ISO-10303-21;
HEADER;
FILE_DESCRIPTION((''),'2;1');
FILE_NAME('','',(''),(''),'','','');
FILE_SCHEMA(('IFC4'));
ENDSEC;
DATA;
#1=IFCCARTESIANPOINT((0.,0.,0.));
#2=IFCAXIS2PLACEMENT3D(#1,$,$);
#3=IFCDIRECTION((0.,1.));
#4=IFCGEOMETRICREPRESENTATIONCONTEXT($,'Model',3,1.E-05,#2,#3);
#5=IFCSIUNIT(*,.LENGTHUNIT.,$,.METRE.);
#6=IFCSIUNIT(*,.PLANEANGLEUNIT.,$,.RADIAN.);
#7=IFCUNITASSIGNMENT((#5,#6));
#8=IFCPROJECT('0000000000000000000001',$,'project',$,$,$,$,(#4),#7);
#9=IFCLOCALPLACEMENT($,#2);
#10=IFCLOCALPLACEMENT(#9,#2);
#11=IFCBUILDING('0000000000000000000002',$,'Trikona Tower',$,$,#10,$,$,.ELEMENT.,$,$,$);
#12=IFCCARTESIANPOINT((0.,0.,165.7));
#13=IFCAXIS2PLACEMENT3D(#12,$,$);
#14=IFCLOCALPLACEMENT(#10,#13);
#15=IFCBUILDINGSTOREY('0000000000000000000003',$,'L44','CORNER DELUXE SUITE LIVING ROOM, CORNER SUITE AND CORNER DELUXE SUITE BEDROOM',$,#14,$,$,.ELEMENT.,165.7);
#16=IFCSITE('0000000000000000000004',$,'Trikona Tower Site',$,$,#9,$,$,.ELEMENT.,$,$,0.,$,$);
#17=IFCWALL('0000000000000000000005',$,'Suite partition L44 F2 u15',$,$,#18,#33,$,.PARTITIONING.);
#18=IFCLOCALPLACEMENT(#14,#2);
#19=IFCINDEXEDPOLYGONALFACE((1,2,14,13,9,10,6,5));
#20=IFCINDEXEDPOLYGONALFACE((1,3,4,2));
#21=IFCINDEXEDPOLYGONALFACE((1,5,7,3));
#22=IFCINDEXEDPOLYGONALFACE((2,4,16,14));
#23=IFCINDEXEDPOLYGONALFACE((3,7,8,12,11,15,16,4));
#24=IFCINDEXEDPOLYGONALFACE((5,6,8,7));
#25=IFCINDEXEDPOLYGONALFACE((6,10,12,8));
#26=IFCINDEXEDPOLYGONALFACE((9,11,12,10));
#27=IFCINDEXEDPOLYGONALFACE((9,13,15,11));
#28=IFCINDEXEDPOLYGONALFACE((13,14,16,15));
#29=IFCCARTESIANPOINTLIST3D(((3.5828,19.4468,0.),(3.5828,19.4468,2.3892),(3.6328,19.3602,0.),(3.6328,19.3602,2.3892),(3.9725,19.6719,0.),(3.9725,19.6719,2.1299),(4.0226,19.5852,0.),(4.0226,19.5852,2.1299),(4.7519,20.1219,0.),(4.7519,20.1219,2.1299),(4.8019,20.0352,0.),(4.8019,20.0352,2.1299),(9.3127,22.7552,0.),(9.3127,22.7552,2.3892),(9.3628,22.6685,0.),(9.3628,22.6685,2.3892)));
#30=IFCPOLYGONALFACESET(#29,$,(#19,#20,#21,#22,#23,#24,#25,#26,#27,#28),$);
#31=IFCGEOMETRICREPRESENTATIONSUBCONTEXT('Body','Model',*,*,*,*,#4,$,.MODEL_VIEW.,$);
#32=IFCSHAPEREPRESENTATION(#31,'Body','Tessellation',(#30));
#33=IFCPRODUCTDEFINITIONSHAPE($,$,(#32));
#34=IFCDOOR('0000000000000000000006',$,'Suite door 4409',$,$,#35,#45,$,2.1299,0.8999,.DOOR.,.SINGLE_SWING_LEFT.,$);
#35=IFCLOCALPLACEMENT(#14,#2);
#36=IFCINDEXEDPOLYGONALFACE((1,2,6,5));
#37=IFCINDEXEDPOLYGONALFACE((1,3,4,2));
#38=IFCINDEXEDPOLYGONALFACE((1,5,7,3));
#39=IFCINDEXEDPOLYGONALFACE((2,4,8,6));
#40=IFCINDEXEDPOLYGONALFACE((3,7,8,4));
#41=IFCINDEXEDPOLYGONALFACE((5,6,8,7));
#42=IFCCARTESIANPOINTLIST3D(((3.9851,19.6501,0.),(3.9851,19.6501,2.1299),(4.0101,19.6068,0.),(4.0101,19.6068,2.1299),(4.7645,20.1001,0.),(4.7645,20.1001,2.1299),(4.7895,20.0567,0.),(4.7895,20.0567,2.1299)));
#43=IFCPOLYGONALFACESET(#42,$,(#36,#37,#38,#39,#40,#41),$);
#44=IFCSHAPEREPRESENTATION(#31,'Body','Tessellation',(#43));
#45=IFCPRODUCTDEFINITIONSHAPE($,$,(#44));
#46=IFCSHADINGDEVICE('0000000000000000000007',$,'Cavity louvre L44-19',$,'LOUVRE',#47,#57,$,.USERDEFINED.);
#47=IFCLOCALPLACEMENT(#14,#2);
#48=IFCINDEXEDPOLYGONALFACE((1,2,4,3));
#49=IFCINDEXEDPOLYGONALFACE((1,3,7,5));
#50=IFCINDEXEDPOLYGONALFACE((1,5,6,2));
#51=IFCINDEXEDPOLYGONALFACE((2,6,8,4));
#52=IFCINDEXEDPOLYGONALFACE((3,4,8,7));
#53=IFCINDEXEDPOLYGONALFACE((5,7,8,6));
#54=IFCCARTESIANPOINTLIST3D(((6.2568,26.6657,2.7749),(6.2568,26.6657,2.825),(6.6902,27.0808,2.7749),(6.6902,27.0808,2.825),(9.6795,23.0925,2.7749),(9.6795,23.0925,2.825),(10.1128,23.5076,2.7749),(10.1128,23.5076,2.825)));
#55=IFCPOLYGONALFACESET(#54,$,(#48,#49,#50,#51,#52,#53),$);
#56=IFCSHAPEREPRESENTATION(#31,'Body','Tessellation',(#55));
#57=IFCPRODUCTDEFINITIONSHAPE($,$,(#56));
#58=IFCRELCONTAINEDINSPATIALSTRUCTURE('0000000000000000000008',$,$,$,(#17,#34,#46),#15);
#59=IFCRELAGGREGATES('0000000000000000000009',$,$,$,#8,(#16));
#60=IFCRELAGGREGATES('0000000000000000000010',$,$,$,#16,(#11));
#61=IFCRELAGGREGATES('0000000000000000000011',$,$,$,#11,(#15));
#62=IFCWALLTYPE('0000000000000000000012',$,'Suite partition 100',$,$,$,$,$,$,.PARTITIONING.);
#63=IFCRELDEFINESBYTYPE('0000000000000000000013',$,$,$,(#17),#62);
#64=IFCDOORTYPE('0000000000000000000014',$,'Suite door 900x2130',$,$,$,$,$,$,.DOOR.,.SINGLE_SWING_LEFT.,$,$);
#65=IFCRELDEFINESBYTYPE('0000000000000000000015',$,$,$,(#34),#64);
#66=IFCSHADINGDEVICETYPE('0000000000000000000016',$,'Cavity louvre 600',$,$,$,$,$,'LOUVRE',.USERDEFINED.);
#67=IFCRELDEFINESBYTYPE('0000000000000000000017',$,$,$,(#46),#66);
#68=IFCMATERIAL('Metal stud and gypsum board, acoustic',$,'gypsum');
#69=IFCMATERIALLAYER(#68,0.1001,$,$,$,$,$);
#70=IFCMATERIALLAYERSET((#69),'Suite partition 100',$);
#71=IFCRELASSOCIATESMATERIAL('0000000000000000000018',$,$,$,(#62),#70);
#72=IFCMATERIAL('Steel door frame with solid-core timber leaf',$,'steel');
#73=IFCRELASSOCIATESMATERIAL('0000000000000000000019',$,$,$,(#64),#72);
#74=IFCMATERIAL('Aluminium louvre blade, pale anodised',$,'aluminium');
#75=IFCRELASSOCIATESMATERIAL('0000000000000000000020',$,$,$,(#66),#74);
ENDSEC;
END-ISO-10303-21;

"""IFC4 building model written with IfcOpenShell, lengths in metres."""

from ifc_helpers import new_model, si_unit, direction, frame, frame_2d, origin, origin_2d, place, context, subcontext, project, spatial, rectangle, extrude, material, layer, layer_set, type_object, element, fill, save


model = new_model("IFC4")

# Units and contexts
model_context = context("Model", 3, precision=1e-05, world=origin(), true_north=direction((0.0, 1.0)))
body_context = subcontext(model_context, "Body", "Model", "MODEL_VIEW")
ifc_project = project(units=[si_unit("LENGTHUNIT", "METRE"), si_unit("PLANEANGLEUNIT", "RADIAN")], contexts=[model_context])

# Site, building, storey
site_placement = place(None, origin())
site = spatial("IfcSite", under=ifc_project, at=site_placement, Name="Trikona Tower Site", CompositionType="ELEMENT", RefElevation=0.0)
building_placement = place(site_placement, origin())
building = spatial("IfcBuilding", under=site, at=building_placement, Name="Trikona Tower", CompositionType="ELEMENT")
storey_placement = place(building_placement, frame((0.0, 0.0, 165.7)))
storey = spatial("IfcBuildingStorey", under=building, at=storey_placement, Name="L44", Description="CORNER DELUXE SUITE LIVING ROOM, CORNER SUITE AND CORNER DELUXE SUITE BEDROOM", CompositionType="ELEMENT", Elevation=165.7)

# Wall, opening, door
ifc_material_1 = material(Name="Metal stud and gypsum board, acoustic", Category="gypsum")
ifc_layer_1 = layer(ifc_material_1, 0.1001)
ifc_layer_set_1 = layer_set([ifc_layer_1], Name="Suite partition 100")
wall_type_1 = type_object("IfcWallType", Name="Suite partition 100", PredefinedType="PARTITIONING", material=ifc_layer_set_1)
wall_1_placement = place(storey_placement, frame((3.6079, 19.4036, 0.0), z_axis=(0.0, 0.0, 1.0), x_axis=(0.866016, 0.500016, 0.0)))
wall_1 = element("IfcWall", 1, at=wall_1_placement, inside=storey, type_object=wall_type_1, Name="Suite partition L44 F2 u15", PredefinedType="PARTITIONING", context=body_context, shape_type="SweptSolid", body=[
    extrude(rectangle(XDim=6.6165, YDim=0.1001, at=frame_2d((3.3081, 0.0))), origin(), (0.0, 0.0, 1.0), 2.3892),
])
opening_1_placement = place(wall_1_placement, frame((0.45, 0.0, 0.0)))
opening_1 = element("IfcOpeningElement", 2, at=opening_1_placement, cuts=wall_1, PredefinedType="OPENING", context=body_context, shape_type="SweptSolid", body=[
    extrude(rectangle(XDim=0.8999, YDim=2.1299, at=frame_2d((0.45, 1.0649))), frame((0.0, 0.0601, 0.0), z_axis=(0.0, -1.0, 0.0), x_axis=(1.0, 0.0, 0.0)), (0.0, 0.0, 1.0), 0.1201),
])
ifc_material_2 = material(Name="Steel door frame with solid-core timber leaf", Category="steel")
door_type_1 = type_object("IfcDoorType", Name="Suite door 900x2130", OperationType="SINGLE_SWING_LEFT", PredefinedType="DOOR", material=ifc_material_2)
door_1_placement = place(opening_1_placement, origin())
door_1 = element("IfcDoor", 3, at=door_1_placement, inside=storey, type_object=door_type_1, Name="Suite door 4409", OperationType="SINGLE_SWING_LEFT", OverallHeight=2.1299, OverallWidth=0.8999, PredefinedType="DOOR", context=body_context, shape_type="SweptSolid", body=[
    extrude(rectangle(XDim=0.8999, YDim=2.1299, at=frame_2d((0.45, 1.0649))), frame((0.0, 0.0249, 0.0), z_axis=(0.0, -1.0, 0.0), x_axis=(1.0, 0.0, 0.0)), (0.0, 0.0, 1.0), 0.05),
])
fill(opening_1, door_1)

# Shading device
ifc_material_3 = material(Name="Aluminium louvre blade, pale anodised", Category="aluminium")
shading_device_type = type_object("IfcShadingDeviceType", Name="Cavity louvre 600", ElementType="LOUVRE", PredefinedType="USERDEFINED", material=ifc_material_3)
shading_device_placement = place(storey_placement, frame((8.1848, 25.0867, 2.7749), z_axis=(0.0, 0.0, 1.0), x_axis=(-0.691724, 0.722162, 0.0)))
element("IfcShadingDevice", 4, at=shading_device_placement, inside=storey, type_object=shading_device_type, Name="Cavity louvre L44-19", ObjectType="LOUVRE", PredefinedType="USERDEFINED", context=body_context, shape_type="SweptSolid", body=[
    extrude(rectangle(XDim=4.948, YDim=0.6001, at=origin_2d()), origin(), (0.0, 0.0, 1.0), 0.05),
])

save(model, "model.ifc")
